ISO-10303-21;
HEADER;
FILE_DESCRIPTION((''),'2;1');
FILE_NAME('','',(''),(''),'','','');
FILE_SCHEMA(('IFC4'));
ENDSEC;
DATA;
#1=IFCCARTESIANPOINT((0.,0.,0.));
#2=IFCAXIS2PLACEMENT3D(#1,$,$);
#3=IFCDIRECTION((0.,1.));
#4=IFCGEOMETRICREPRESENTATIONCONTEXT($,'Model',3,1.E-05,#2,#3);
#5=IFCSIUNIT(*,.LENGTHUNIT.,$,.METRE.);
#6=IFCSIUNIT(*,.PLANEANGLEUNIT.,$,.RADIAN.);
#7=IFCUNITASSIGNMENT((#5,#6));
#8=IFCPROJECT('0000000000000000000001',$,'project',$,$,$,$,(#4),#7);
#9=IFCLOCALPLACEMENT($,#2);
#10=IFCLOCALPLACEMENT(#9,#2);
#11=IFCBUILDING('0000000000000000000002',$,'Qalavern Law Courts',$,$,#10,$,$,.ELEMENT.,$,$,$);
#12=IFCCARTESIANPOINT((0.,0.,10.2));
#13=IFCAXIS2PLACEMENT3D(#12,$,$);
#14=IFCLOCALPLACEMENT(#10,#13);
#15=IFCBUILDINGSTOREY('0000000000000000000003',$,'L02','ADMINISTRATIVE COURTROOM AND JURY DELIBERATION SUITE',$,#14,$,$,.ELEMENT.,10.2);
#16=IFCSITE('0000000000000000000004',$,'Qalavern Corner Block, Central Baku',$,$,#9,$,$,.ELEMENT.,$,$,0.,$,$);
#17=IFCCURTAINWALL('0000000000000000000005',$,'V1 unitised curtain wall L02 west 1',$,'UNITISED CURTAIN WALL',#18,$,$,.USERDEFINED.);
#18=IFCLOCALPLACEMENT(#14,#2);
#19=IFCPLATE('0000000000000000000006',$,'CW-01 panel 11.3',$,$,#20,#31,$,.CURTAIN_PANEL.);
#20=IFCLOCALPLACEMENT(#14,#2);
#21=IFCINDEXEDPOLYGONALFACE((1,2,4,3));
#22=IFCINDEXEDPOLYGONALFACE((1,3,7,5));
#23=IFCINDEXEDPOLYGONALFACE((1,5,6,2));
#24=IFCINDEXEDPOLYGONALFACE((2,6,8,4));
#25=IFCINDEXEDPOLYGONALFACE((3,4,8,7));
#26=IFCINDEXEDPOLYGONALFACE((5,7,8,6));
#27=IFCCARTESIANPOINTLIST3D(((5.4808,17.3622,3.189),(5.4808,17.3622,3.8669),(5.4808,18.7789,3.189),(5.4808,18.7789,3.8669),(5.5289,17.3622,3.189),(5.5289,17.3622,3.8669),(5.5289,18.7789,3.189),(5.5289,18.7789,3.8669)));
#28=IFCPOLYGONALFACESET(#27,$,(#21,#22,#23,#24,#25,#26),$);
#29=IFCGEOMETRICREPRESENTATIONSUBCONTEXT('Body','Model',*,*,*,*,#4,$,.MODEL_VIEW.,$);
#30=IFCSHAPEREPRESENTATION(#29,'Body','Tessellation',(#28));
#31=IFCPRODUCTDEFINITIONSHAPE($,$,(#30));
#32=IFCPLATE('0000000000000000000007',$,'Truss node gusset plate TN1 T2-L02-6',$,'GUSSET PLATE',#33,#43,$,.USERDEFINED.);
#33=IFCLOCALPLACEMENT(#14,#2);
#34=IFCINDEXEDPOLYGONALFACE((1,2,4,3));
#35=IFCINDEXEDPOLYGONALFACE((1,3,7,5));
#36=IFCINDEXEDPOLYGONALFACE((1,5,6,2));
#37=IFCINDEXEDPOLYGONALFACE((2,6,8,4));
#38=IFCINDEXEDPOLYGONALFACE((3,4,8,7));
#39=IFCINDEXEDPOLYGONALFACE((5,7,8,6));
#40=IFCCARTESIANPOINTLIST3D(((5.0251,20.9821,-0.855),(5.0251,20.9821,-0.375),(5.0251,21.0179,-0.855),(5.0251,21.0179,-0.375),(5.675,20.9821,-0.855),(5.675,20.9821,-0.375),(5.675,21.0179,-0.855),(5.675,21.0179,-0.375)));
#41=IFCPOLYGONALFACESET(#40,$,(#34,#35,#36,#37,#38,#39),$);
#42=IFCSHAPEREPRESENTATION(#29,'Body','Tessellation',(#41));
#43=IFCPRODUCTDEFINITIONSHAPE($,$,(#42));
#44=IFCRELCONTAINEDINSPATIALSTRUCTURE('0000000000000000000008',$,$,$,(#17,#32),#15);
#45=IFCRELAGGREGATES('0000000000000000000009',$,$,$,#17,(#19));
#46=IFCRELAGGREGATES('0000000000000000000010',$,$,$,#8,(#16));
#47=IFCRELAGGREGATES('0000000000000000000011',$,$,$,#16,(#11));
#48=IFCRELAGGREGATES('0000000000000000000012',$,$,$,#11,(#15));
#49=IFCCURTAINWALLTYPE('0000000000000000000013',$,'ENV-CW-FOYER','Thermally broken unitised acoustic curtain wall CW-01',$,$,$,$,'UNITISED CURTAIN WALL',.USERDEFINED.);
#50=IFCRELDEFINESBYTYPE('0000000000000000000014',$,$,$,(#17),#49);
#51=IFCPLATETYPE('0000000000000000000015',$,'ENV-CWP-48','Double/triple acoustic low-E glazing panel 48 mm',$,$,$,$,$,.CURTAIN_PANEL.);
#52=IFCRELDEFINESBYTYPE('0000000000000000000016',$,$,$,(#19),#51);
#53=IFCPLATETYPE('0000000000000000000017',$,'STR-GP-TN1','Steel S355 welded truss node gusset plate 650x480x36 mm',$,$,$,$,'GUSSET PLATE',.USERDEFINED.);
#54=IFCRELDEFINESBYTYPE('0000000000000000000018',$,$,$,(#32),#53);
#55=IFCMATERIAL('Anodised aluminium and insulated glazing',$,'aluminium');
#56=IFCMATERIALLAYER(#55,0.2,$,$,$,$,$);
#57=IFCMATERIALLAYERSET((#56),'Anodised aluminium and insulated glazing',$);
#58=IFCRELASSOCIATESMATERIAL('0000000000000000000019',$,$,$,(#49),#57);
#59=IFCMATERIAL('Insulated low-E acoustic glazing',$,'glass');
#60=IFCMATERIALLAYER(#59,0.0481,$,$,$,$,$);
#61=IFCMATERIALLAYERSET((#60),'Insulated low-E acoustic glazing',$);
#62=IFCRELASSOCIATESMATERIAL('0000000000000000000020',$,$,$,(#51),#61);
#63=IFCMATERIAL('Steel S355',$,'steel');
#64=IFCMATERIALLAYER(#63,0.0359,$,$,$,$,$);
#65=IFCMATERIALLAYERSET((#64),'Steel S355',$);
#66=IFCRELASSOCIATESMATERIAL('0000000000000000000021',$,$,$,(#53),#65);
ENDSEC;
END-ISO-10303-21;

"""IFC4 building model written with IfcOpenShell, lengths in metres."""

from ifc_helpers import new_model, si_unit, direction, frame, origin, origin_2d, place, context, subcontext, project, spatial, rectangle, extrude, material, layer, layer_set, type_object, element, aggregate, save


model = new_model("IFC4")

# Units and contexts
model_context = context("Model", 3, precision=1e-05, world=origin(), true_north=direction((0.0, 1.0)))
body_context = subcontext(model_context, "Body", "Model", "MODEL_VIEW")
ifc_project = project(units=[si_unit("LENGTHUNIT", "METRE"), si_unit("PLANEANGLEUNIT", "RADIAN")], contexts=[model_context])

# Site, building, storey
site_placement = place(None, origin())
site = spatial("IfcSite", under=ifc_project, at=site_placement, Name="Qalavern Corner Block, Central Baku", CompositionType="ELEMENT", RefElevation=0.0)
building_placement = place(site_placement, origin())
building = spatial("IfcBuilding", under=site, at=building_placement, Name="Qalavern Law Courts", CompositionType="ELEMENT")
storey_placement = place(building_placement, frame((0.0, 0.0, 10.2)))
storey = spatial("IfcBuildingStorey", under=building, at=storey_placement, Name="L02", Description="ADMINISTRATIVE COURTROOM AND JURY DELIBERATION SUITE", CompositionType="ELEMENT", Elevation=10.2)

# Curtain wall
ifc_material_1 = material(Name="Anodised aluminium and insulated glazing", Category="aluminium")
ifc_layer_1 = layer(ifc_material_1, 0.2)
ifc_layer_set_1 = layer_set([ifc_layer_1], Name="Anodised aluminium and insulated glazing")
curtain_wall_type = type_object("IfcCurtainWallType", Name="ENV-CW-FOYER", Description="Thermally broken unitised acoustic curtain wall CW-01", ElementType="UNITISED CURTAIN WALL", PredefinedType="USERDEFINED", material=ifc_layer_set_1)
curtain_wall_placement = place(storey_placement, origin())
curtain_wall = element("IfcCurtainWall", 1, at=curtain_wall_placement, inside=storey, type_object=curtain_wall_type, Name="V1 unitised curtain wall L02 west 1", ObjectType="UNITISED CURTAIN WALL", PredefinedType="USERDEFINED")

# Shared definitions
ifc_material_2 = material(Name="Steel S355", Category="steel")

# Plates
ifc_material_3 = material(Name="Insulated low-E acoustic glazing", Category="glass")
ifc_layer_2 = layer(ifc_material_3, 0.0481)
ifc_layer_set_2 = layer_set([ifc_layer_2], Name="Insulated low-E acoustic glazing")
plate_type_1 = type_object("IfcPlateType", Name="ENV-CWP-48", Description="Double/triple acoustic low-E glazing panel 48 mm", PredefinedType="CURTAIN_PANEL", material=ifc_layer_set_2)
plate_1_placement = place(storey_placement, frame((5.5049, 18.0706, 3.189), z_axis=(0.0, 0.0, 1.0), x_axis=(0.0, -1.0, 0.0)))
plate_1 = element("IfcPlate", 2, at=plate_1_placement, type_object=plate_type_1, Name="CW-01 panel 11.3", PredefinedType="CURTAIN_PANEL", context=body_context, shape_type="SweptSolid", body=[
    extrude(rectangle(XDim=1.4167, YDim=0.0481, at=origin_2d()), origin(), (0.0, 0.0, 1.0), 0.678),
])
aggregate(curtain_wall, [plate_1])
ifc_layer_3 = layer(ifc_material_2, 0.0359)
ifc_layer_set_3 = layer_set([ifc_layer_3], Name="Steel S355")
plate_type_2 = type_object("IfcPlateType", Name="STR-GP-TN1", Description="Steel S355 welded truss node gusset plate 650x480x36 mm", ElementType="GUSSET PLATE", PredefinedType="USERDEFINED", material=ifc_layer_set_3)
plate_2_placement = place(storey_placement, frame((5.3501, 21.0, -0.855), z_axis=(0.0, 0.0, 1.0), x_axis=(1.0, 0.0, 0.0)))
element("IfcPlate", 3, at=plate_2_placement, inside=storey, type_object=plate_type_2, Name="Truss node gusset plate TN1 T2-L02-6", ObjectType="GUSSET PLATE", PredefinedType="USERDEFINED", context=body_context, shape_type="SweptSolid", body=[
    extrude(rectangle(XDim=0.6499, YDim=0.0359, at=origin_2d()), origin(), (0.0, 0.0, 1.0), 0.48),
])

save(model, "model.ifc")
